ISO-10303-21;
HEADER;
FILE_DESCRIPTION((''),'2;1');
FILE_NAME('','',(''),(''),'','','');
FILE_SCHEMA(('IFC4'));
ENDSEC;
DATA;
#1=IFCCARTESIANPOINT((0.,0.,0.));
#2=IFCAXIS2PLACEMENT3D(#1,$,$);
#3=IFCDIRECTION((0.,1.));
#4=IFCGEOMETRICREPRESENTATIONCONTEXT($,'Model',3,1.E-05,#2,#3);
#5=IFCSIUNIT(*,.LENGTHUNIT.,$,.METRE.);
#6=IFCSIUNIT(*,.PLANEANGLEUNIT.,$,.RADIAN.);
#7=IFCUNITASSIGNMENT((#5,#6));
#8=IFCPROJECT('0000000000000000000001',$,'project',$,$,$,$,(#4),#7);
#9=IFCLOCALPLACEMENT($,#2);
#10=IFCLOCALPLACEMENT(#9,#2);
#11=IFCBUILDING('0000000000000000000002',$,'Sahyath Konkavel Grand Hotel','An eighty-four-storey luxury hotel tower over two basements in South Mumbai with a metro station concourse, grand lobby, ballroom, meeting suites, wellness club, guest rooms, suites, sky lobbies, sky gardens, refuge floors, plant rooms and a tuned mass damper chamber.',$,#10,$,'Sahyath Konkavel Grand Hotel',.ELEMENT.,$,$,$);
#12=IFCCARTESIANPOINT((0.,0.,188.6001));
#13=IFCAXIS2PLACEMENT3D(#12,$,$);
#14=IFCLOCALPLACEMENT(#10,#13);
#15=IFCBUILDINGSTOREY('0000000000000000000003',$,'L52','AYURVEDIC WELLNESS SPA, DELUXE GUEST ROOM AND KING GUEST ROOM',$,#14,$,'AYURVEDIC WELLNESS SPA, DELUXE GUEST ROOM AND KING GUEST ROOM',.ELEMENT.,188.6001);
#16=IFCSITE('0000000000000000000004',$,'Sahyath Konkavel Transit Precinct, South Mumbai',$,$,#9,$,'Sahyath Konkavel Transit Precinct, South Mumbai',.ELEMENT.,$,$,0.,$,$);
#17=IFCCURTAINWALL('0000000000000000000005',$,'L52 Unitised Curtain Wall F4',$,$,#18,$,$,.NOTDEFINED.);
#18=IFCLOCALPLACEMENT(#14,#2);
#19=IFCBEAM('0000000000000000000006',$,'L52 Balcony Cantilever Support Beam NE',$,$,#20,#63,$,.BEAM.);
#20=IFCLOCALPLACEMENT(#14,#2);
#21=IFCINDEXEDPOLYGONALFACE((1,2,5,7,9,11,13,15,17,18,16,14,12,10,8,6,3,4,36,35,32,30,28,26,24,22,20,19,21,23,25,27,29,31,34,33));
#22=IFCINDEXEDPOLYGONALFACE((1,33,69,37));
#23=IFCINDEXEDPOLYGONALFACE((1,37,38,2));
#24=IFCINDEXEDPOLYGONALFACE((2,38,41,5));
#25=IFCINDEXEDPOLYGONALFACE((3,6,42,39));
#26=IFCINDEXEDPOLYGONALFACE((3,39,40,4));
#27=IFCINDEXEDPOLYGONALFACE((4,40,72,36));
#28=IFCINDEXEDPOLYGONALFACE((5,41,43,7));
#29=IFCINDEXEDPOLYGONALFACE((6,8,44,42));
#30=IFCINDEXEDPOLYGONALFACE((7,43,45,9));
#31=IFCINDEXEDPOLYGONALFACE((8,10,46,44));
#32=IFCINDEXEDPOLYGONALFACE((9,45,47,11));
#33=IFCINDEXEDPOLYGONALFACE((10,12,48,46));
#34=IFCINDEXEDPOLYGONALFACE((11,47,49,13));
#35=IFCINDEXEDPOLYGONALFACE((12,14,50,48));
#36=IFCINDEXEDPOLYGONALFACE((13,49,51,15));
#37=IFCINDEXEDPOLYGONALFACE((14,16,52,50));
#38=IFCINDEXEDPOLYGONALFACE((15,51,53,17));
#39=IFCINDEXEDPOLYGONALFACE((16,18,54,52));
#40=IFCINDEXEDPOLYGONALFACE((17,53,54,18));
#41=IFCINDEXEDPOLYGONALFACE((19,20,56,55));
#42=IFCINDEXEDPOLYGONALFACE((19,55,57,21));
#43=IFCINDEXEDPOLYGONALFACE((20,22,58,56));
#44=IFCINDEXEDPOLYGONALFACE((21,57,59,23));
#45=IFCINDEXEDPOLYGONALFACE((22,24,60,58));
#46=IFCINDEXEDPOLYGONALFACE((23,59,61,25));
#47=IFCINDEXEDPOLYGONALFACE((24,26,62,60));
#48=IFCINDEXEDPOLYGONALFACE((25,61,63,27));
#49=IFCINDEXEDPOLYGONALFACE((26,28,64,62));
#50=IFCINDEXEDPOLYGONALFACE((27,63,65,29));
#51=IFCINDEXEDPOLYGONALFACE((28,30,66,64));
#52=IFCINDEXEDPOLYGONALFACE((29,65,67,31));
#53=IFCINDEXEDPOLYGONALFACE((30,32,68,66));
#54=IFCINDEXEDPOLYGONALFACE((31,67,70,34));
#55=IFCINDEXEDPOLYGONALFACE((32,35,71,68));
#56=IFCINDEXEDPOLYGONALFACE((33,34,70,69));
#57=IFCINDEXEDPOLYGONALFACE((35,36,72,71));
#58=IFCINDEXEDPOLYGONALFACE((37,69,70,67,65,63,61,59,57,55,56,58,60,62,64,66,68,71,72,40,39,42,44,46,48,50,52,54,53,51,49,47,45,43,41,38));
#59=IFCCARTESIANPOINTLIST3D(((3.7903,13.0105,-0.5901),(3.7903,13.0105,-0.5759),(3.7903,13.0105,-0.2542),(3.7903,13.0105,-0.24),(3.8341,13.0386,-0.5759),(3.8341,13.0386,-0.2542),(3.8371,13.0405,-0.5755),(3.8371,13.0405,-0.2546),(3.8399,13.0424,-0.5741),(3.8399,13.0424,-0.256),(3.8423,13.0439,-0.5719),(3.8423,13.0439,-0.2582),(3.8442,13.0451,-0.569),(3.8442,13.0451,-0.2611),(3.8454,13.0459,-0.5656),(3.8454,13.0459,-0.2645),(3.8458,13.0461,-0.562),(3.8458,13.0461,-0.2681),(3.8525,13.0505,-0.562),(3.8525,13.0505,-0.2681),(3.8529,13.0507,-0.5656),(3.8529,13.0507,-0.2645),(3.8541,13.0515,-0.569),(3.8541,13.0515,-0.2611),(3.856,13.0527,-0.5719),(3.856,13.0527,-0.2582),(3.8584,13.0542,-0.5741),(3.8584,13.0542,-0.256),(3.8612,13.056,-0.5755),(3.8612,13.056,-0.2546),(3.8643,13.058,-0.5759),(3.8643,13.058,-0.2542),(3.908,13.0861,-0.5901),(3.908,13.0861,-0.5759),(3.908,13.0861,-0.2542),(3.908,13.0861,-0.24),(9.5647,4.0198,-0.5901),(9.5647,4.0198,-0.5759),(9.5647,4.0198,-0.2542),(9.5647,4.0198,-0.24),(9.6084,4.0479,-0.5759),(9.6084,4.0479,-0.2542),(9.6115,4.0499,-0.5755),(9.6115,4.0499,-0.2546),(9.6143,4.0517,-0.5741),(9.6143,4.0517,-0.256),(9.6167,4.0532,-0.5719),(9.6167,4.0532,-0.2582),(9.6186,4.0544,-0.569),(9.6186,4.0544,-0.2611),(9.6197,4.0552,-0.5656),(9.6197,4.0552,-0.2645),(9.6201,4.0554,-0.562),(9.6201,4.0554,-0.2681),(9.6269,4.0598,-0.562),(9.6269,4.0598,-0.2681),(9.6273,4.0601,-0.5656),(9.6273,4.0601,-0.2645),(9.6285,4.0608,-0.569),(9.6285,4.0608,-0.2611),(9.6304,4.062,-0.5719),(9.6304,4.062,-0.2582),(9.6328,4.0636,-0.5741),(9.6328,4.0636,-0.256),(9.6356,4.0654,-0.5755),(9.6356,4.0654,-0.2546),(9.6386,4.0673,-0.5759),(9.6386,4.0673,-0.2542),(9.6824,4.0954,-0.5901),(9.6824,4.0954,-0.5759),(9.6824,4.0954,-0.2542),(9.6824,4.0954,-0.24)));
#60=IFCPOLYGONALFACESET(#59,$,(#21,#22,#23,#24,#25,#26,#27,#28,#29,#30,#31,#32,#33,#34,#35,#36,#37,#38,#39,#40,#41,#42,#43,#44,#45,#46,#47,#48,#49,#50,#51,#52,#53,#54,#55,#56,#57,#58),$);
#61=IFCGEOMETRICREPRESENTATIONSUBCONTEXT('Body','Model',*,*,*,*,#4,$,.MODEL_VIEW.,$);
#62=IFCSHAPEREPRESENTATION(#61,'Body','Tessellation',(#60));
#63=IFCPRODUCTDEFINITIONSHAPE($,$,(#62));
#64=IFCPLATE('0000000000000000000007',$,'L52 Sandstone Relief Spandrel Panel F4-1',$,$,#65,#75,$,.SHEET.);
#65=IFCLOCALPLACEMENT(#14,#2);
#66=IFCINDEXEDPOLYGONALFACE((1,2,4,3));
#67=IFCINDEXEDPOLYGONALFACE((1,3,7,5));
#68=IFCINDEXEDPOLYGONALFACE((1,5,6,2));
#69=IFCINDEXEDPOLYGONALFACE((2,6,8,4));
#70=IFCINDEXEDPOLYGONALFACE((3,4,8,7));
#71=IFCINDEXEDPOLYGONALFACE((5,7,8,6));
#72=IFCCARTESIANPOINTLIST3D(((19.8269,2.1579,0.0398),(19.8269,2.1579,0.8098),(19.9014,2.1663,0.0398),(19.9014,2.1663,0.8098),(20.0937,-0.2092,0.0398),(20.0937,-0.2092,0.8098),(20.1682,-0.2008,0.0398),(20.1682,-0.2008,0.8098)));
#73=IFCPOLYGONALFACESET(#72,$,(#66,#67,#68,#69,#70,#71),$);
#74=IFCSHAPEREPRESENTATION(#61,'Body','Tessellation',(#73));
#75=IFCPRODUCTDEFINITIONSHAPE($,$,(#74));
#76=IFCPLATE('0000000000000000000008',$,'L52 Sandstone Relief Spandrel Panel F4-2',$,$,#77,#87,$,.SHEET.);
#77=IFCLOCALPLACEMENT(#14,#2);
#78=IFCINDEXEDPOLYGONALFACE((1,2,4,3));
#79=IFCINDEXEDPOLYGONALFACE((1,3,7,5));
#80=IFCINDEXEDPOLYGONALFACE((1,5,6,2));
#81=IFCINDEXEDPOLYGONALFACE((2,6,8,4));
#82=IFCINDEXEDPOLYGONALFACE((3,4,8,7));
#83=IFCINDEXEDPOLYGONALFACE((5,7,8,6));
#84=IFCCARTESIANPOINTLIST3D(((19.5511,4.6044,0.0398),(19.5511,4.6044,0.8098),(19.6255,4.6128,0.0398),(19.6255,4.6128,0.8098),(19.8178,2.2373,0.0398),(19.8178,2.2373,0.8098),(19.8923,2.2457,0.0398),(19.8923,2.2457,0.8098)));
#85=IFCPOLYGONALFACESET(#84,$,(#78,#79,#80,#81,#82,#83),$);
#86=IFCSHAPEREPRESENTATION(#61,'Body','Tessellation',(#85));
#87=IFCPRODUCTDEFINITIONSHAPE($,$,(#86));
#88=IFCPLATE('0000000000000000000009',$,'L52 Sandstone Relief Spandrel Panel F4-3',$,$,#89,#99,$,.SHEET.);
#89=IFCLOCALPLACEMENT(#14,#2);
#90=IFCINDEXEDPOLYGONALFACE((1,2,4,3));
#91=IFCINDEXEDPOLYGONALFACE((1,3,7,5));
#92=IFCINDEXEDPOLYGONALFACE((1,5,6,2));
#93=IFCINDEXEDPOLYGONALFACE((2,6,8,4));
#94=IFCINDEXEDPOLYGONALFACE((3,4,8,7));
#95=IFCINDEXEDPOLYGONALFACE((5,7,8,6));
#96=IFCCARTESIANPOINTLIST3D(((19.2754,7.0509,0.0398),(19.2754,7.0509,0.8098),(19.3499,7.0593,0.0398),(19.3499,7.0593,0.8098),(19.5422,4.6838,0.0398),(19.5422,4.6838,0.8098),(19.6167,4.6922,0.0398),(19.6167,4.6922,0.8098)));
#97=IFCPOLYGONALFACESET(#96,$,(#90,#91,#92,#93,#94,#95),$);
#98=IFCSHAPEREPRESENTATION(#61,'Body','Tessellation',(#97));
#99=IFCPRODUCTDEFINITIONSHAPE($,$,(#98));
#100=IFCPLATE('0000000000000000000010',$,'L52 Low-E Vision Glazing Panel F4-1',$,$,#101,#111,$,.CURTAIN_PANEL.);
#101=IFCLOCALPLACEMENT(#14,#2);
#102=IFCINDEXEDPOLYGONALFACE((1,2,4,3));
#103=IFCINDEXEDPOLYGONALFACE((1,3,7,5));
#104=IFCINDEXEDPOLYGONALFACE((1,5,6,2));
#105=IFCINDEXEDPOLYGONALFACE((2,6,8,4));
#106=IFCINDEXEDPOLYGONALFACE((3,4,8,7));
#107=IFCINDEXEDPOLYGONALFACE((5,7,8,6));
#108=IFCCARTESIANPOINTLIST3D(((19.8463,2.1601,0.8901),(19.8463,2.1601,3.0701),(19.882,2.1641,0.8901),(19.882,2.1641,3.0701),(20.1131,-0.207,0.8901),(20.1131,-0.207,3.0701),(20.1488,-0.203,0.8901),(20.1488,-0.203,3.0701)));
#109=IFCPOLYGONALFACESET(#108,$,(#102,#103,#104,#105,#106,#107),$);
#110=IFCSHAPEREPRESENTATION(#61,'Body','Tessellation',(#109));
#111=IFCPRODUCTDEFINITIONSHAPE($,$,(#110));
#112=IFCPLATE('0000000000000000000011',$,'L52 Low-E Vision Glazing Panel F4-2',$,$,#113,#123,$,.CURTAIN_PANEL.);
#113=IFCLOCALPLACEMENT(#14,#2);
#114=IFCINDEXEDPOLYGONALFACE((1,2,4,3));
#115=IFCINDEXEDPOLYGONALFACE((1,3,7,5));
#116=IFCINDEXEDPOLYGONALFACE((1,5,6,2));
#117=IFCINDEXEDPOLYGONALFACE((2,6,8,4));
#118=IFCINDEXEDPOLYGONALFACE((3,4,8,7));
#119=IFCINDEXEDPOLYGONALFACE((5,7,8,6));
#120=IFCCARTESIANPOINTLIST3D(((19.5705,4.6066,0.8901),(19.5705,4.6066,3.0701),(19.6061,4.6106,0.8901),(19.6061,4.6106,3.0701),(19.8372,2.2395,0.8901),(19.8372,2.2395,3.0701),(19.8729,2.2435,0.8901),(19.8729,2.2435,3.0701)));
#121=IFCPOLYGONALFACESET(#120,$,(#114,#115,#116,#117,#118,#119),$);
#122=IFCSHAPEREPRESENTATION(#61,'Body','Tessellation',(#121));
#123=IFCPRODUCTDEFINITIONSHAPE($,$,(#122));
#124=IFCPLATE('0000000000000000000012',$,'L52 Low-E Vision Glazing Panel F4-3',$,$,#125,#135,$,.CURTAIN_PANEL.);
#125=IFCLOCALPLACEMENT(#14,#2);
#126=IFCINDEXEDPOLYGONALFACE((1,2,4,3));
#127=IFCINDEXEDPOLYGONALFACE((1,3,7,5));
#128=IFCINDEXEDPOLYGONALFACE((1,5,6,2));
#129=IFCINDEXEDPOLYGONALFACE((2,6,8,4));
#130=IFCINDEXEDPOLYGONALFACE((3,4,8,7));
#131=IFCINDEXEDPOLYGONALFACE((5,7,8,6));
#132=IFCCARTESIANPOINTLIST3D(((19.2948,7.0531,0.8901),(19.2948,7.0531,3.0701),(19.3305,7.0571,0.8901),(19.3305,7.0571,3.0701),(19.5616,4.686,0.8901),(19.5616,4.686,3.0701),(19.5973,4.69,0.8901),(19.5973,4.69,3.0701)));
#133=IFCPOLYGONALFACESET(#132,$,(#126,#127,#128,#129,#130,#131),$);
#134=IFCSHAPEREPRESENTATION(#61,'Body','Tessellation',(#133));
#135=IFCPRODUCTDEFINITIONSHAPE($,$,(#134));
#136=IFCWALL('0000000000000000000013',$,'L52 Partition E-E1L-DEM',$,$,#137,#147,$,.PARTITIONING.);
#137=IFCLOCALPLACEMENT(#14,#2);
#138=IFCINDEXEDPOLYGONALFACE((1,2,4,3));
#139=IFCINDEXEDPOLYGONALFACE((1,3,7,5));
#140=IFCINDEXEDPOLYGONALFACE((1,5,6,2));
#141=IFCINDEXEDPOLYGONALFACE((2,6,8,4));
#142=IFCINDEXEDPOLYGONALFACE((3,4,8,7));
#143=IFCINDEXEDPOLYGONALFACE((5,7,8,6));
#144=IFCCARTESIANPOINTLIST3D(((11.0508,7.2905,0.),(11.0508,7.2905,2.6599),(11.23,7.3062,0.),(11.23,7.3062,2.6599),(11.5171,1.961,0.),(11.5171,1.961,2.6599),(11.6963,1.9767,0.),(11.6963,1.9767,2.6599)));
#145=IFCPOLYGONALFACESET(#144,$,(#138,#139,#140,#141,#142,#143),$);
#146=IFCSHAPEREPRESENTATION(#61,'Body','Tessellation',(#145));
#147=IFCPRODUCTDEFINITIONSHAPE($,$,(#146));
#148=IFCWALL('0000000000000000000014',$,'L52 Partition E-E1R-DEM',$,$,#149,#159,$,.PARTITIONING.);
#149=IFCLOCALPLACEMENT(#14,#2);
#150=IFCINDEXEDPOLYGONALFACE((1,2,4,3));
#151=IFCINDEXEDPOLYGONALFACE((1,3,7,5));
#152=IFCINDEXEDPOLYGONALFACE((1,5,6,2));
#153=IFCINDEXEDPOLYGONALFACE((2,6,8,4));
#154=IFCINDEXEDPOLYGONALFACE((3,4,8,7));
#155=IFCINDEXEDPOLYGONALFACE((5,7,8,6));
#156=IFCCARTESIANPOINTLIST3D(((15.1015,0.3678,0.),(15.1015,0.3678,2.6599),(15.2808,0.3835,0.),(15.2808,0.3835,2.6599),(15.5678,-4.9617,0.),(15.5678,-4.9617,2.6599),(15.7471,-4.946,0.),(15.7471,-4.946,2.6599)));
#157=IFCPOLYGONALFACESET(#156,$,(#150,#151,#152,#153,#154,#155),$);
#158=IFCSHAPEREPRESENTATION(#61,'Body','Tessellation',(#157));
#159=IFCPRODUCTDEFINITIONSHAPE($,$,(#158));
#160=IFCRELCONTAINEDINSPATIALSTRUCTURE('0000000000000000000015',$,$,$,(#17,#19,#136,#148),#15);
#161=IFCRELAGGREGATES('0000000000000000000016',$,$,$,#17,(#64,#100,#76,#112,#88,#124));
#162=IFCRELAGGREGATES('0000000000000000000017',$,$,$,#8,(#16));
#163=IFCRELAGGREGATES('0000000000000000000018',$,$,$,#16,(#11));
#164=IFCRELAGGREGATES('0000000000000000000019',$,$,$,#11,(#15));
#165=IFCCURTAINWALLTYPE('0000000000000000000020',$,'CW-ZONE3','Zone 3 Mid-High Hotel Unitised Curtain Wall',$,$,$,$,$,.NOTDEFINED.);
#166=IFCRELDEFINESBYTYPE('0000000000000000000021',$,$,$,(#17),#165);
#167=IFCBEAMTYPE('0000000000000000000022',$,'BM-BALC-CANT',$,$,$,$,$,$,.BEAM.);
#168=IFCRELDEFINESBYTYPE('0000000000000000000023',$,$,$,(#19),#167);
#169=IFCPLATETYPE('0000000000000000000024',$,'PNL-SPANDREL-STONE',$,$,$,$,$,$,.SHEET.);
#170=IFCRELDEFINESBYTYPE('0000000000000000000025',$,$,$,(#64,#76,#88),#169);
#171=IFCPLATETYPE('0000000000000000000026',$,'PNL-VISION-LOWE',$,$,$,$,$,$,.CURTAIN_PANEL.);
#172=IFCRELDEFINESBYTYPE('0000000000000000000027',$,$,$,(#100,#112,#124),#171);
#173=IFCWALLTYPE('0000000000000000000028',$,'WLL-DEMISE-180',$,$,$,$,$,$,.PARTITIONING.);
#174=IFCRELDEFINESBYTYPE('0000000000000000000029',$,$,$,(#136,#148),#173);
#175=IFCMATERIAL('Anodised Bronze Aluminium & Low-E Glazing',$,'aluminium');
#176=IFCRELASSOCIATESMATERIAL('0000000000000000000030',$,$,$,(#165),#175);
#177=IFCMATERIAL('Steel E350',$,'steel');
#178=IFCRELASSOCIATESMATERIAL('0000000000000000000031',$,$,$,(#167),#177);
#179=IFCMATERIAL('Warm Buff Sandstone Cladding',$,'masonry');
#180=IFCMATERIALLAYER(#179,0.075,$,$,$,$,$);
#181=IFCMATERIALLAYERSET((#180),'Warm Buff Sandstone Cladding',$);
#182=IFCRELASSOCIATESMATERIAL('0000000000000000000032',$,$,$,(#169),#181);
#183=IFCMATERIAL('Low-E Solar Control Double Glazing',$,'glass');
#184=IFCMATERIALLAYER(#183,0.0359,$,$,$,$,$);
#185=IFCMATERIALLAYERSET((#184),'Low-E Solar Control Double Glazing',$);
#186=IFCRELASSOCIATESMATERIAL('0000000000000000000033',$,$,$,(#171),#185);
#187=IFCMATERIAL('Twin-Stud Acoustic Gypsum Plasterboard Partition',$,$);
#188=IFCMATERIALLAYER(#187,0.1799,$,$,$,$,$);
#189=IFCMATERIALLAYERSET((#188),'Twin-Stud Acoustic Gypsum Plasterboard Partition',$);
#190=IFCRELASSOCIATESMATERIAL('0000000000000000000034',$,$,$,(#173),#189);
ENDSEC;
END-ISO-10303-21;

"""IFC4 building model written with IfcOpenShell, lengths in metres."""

from ifc_helpers import new_model, si_unit, direction, frame, frame_2d, origin, origin_2d, place, context, subcontext, project, spatial, rectangle, i_section, extrude, source, transform, mapped, material, layer, layer_set, material_profile, profile_set, type_object, element, aggregate, save


model = new_model("IFC4")

# Units and contexts
model_context = context("Model", 3, precision=1e-05, world=origin(), true_north=direction((0.0, 1.0)))
body_context = subcontext(model_context, "Body", "Model", "MODEL_VIEW")
ifc_project = project(units=[si_unit("LENGTHUNIT", "METRE"), si_unit("PLANEANGLEUNIT", "RADIAN")], contexts=[model_context])

# Site, building, storey
site_placement = place(None, origin())
site = spatial("IfcSite", under=ifc_project, at=site_placement, Name="Sahyath Konkavel Transit Precinct, South Mumbai", LongName="Sahyath Konkavel Transit Precinct, South Mumbai", CompositionType="ELEMENT", RefElevation=0.0)
building_placement = place(site_placement, origin())
building = spatial("IfcBuilding", under=site, at=building_placement, Name="Sahyath Konkavel Grand Hotel", Description="An eighty-four-storey luxury hotel tower over two basements in South Mumbai with a metro station concourse, grand lobby, ballroom, meeting suites, wellness club, guest rooms, suites, sky lobbies, sky gardens, refuge floors, plant rooms and a tuned mass damper chamber.", LongName="Sahyath Konkavel Grand Hotel", CompositionType="ELEMENT")
storey_placement = place(building_placement, frame((0.0, 0.0, 188.6001)))
storey = spatial("IfcBuildingStorey", under=building, at=storey_placement, Name="L52", Description="AYURVEDIC WELLNESS SPA, DELUXE GUEST ROOM AND KING GUEST ROOM", LongName="AYURVEDIC WELLNESS SPA, DELUXE GUEST ROOM AND KING GUEST ROOM", CompositionType="ELEMENT", Elevation=188.6001)

# Shared definitions
ifc_material_1 = material(Name="Steel E350", Category="steel")

# Curtain wall
ifc_material_2 = material(Name="Anodised Bronze Aluminium & Low-E Glazing", Category="aluminium")
curtain_wall_type = type_object("IfcCurtainWallType", Name="CW-ZONE3", Description="Zone 3 Mid-High Hotel Unitised Curtain Wall", PredefinedType="NOTDEFINED", material=ifc_material_2)
curtain_wall_placement = place(storey_placement, origin())
curtain_wall = element("IfcCurtainWall", 1, at=curtain_wall_placement, inside=storey, type_object=curtain_wall_type, Name="L52 Unitised Curtain Wall F4", PredefinedType="NOTDEFINED")

# Beam
ifc_material_profile_1 = material_profile(ifc_material_1, i_section(OverallWidth=0.1399, OverallDepth=0.3501, WebThickness=0.0081, FlangeThickness=0.0142, FilletRadius=0.0139, at=origin_2d()), Name="ISMB 350")
ifc_profile_set_1 = profile_set([ifc_material_profile_1], Name="Steel E350")
beam_type_1 = type_object("IfcBeamType", Name="BM-BALC-CANT", PredefinedType="BEAM", material=ifc_profile_set_1)
shared_shape_1 = source(origin(), body_context, "Body", "SweptSolid", [
    extrude(i_section(OverallWidth=0.1399, OverallDepth=0.3501, WebThickness=0.0081, FlangeThickness=0.0142, FilletRadius=0.0139, at=origin_2d()), origin(), (0.0, 0.0, 1.0), 10.6853),
])
beam_1_placement = place(storey_placement, frame((9.6235, 4.0576, -0.415), z_axis=(-0.540404, 0.841406, 0.0), x_axis=(-0.841406, -0.540404, 0.0)))
element("IfcBeam", 2, at=beam_1_placement, inside=storey, type_object=beam_type_1, Name="L52 Balcony Cantilever Support Beam NE", PredefinedType="BEAM", context=body_context, shape_type="MappedRepresentation", body=[
    mapped(shared_shape_1, transform((0.0, 0.0, 0.0), scale=1.0)),
])

# Plates
ifc_material_3 = material(Name="Warm Buff Sandstone Cladding", Category="masonry")
ifc_layer_1 = layer(ifc_material_3, 0.075)
ifc_layer_set_1 = layer_set([ifc_layer_1], Name="Warm Buff Sandstone Cladding")
plate_type_1 = type_object("IfcPlateType", Name="PNL-SPANDREL-STONE", PredefinedType="SHEET", material=ifc_layer_set_1)
shared_shape_2 = source(origin(), body_context, "Body", "SweptSolid", [
    extrude(rectangle(XDim=2.3821, YDim=0.075, at=origin_2d()), origin(), (0.0, 0.0, 1.0), 0.77),
])
plate_1_placement = place(storey_placement, frame((19.9976, 0.9785, 0.0398), z_axis=(0.0, 0.0, 1.0), x_axis=(-0.111989, 0.993709, 0.0)))
plate_1 = element("IfcPlate", 3, at=plate_1_placement, type_object=plate_type_1, Name="L52 Sandstone Relief Spandrel Panel F4-1", PredefinedType="SHEET", context=body_context, shape_type="MappedRepresentation", body=[
    mapped(shared_shape_2, transform((0.0, 0.0, 0.0), scale=1.0)),
])
plate_2_placement = place(storey_placement, frame((19.7217, 3.425, 0.0398), z_axis=(0.0, 0.0, 1.0), x_axis=(-0.111989, 0.993709, 0.0)))
plate_2 = element("IfcPlate", 4, at=plate_2_placement, type_object=plate_type_1, Name="L52 Sandstone Relief Spandrel Panel F4-2", PredefinedType="SHEET", context=body_context, shape_type="MappedRepresentation", body=[
    mapped(shared_shape_2, transform((0.0, 0.0, 0.0), scale=1.0)),
])
plate_3_placement = place(storey_placement, frame((19.446, 5.8716, 0.0398), z_axis=(0.0, 0.0, 1.0), x_axis=(-0.111989, 0.993709, 0.0)))
plate_3 = element("IfcPlate", 5, at=plate_3_placement, type_object=plate_type_1, Name="L52 Sandstone Relief Spandrel Panel F4-3", PredefinedType="SHEET", context=body_context, shape_type="MappedRepresentation", body=[
    mapped(shared_shape_2, transform((0.0, 0.0, 0.0), scale=1.0)),
])
ifc_material_4 = material(Name="Low-E Solar Control Double Glazing", Category="glass")
ifc_layer_2 = layer(ifc_material_4, 0.0359)
ifc_layer_set_2 = layer_set([ifc_layer_2], Name="Low-E Solar Control Double Glazing")
plate_type_2 = type_object("IfcPlateType", Name="PNL-VISION-LOWE", PredefinedType="CURTAIN_PANEL", material=ifc_layer_set_2)
shared_shape_3 = source(origin(), body_context, "Body", "SweptSolid", [
    extrude(rectangle(XDim=2.3821, YDim=0.0359, at=origin_2d()), origin(), (0.0, 0.0, 1.0), 2.1799),
])
plate_4_placement = place(storey_placement, frame((19.9976, 0.9785, 0.8901), z_axis=(0.0, 0.0, 1.0), x_axis=(-0.111989, 0.993709, 0.0)))
plate_4 = element("IfcPlate", 6, at=plate_4_placement, type_object=plate_type_2, Name="L52 Low-E Vision Glazing Panel F4-1", PredefinedType="CURTAIN_PANEL", context=body_context, shape_type="MappedRepresentation", body=[
    mapped(shared_shape_3, transform((0.0, 0.0, 0.0), scale=1.0)),
])
plate_5_placement = place(storey_placement, frame((19.7217, 3.425, 0.8901), z_axis=(0.0, 0.0, 1.0), x_axis=(-0.111989, 0.993709, 0.0)))
plate_5 = element("IfcPlate", 7, at=plate_5_placement, type_object=plate_type_2, Name="L52 Low-E Vision Glazing Panel F4-2", PredefinedType="CURTAIN_PANEL", context=body_context, shape_type="MappedRepresentation", body=[
    mapped(shared_shape_3, transform((0.0, 0.0, 0.0), scale=1.0)),
])
plate_6_placement = place(storey_placement, frame((19.446, 5.8716, 0.8901), z_axis=(0.0, 0.0, 1.0), x_axis=(-0.111989, 0.993709, 0.0)))
plate_6 = element("IfcPlate", 8, at=plate_6_placement, type_object=plate_type_2, Name="L52 Low-E Vision Glazing Panel F4-3", PredefinedType="CURTAIN_PANEL", context=body_context, shape_type="MappedRepresentation", body=[
    mapped(shared_shape_3, transform((0.0, 0.0, 0.0), scale=1.0)),
])
aggregate(curtain_wall, [plate_1, plate_4, plate_2, plate_5, plate_3, plate_6])

# Walls
ifc_material_5 = material(Name="Twin-Stud Acoustic Gypsum Plasterboard Partition")
ifc_layer_3 = layer(ifc_material_5, 0.1799)
ifc_layer_set_3 = layer_set([ifc_layer_3], Name="Twin-Stud Acoustic Gypsum Plasterboard Partition")
wall_type_1 = type_object("IfcWallType", Name="WLL-DEMISE-180", PredefinedType="PARTITIONING", material=ifc_layer_set_3)
for number, where, z_axis, x_axis, name in (
    (9, (11.6067, 1.969, 0.0), (0.0, 0.0, 1.0), (-0.087161, 0.996194, 0.0), "L52 Partition E-E1L-DEM"),
    (10, (15.1912, 0.3755, 0.0), (0.0, 0.0, 1.0), (0.087161, -0.996194, 0.0), "L52 Partition E-E1R-DEM"),
):
    element("IfcWall", number, at=place(storey_placement, frame(where, z_axis=z_axis, x_axis=x_axis)), inside=storey, type_object=wall_type_1, Name=name, PredefinedType="PARTITIONING", context=body_context, shape_type="SweptSolid", body=[
        extrude(rectangle(XDim=5.3499, YDim=0.1799, at=frame_2d((2.6748, 0.0))), origin(), (0.0, 0.0, 1.0), 2.6599),
    ])

save(model, "model.ifc")
